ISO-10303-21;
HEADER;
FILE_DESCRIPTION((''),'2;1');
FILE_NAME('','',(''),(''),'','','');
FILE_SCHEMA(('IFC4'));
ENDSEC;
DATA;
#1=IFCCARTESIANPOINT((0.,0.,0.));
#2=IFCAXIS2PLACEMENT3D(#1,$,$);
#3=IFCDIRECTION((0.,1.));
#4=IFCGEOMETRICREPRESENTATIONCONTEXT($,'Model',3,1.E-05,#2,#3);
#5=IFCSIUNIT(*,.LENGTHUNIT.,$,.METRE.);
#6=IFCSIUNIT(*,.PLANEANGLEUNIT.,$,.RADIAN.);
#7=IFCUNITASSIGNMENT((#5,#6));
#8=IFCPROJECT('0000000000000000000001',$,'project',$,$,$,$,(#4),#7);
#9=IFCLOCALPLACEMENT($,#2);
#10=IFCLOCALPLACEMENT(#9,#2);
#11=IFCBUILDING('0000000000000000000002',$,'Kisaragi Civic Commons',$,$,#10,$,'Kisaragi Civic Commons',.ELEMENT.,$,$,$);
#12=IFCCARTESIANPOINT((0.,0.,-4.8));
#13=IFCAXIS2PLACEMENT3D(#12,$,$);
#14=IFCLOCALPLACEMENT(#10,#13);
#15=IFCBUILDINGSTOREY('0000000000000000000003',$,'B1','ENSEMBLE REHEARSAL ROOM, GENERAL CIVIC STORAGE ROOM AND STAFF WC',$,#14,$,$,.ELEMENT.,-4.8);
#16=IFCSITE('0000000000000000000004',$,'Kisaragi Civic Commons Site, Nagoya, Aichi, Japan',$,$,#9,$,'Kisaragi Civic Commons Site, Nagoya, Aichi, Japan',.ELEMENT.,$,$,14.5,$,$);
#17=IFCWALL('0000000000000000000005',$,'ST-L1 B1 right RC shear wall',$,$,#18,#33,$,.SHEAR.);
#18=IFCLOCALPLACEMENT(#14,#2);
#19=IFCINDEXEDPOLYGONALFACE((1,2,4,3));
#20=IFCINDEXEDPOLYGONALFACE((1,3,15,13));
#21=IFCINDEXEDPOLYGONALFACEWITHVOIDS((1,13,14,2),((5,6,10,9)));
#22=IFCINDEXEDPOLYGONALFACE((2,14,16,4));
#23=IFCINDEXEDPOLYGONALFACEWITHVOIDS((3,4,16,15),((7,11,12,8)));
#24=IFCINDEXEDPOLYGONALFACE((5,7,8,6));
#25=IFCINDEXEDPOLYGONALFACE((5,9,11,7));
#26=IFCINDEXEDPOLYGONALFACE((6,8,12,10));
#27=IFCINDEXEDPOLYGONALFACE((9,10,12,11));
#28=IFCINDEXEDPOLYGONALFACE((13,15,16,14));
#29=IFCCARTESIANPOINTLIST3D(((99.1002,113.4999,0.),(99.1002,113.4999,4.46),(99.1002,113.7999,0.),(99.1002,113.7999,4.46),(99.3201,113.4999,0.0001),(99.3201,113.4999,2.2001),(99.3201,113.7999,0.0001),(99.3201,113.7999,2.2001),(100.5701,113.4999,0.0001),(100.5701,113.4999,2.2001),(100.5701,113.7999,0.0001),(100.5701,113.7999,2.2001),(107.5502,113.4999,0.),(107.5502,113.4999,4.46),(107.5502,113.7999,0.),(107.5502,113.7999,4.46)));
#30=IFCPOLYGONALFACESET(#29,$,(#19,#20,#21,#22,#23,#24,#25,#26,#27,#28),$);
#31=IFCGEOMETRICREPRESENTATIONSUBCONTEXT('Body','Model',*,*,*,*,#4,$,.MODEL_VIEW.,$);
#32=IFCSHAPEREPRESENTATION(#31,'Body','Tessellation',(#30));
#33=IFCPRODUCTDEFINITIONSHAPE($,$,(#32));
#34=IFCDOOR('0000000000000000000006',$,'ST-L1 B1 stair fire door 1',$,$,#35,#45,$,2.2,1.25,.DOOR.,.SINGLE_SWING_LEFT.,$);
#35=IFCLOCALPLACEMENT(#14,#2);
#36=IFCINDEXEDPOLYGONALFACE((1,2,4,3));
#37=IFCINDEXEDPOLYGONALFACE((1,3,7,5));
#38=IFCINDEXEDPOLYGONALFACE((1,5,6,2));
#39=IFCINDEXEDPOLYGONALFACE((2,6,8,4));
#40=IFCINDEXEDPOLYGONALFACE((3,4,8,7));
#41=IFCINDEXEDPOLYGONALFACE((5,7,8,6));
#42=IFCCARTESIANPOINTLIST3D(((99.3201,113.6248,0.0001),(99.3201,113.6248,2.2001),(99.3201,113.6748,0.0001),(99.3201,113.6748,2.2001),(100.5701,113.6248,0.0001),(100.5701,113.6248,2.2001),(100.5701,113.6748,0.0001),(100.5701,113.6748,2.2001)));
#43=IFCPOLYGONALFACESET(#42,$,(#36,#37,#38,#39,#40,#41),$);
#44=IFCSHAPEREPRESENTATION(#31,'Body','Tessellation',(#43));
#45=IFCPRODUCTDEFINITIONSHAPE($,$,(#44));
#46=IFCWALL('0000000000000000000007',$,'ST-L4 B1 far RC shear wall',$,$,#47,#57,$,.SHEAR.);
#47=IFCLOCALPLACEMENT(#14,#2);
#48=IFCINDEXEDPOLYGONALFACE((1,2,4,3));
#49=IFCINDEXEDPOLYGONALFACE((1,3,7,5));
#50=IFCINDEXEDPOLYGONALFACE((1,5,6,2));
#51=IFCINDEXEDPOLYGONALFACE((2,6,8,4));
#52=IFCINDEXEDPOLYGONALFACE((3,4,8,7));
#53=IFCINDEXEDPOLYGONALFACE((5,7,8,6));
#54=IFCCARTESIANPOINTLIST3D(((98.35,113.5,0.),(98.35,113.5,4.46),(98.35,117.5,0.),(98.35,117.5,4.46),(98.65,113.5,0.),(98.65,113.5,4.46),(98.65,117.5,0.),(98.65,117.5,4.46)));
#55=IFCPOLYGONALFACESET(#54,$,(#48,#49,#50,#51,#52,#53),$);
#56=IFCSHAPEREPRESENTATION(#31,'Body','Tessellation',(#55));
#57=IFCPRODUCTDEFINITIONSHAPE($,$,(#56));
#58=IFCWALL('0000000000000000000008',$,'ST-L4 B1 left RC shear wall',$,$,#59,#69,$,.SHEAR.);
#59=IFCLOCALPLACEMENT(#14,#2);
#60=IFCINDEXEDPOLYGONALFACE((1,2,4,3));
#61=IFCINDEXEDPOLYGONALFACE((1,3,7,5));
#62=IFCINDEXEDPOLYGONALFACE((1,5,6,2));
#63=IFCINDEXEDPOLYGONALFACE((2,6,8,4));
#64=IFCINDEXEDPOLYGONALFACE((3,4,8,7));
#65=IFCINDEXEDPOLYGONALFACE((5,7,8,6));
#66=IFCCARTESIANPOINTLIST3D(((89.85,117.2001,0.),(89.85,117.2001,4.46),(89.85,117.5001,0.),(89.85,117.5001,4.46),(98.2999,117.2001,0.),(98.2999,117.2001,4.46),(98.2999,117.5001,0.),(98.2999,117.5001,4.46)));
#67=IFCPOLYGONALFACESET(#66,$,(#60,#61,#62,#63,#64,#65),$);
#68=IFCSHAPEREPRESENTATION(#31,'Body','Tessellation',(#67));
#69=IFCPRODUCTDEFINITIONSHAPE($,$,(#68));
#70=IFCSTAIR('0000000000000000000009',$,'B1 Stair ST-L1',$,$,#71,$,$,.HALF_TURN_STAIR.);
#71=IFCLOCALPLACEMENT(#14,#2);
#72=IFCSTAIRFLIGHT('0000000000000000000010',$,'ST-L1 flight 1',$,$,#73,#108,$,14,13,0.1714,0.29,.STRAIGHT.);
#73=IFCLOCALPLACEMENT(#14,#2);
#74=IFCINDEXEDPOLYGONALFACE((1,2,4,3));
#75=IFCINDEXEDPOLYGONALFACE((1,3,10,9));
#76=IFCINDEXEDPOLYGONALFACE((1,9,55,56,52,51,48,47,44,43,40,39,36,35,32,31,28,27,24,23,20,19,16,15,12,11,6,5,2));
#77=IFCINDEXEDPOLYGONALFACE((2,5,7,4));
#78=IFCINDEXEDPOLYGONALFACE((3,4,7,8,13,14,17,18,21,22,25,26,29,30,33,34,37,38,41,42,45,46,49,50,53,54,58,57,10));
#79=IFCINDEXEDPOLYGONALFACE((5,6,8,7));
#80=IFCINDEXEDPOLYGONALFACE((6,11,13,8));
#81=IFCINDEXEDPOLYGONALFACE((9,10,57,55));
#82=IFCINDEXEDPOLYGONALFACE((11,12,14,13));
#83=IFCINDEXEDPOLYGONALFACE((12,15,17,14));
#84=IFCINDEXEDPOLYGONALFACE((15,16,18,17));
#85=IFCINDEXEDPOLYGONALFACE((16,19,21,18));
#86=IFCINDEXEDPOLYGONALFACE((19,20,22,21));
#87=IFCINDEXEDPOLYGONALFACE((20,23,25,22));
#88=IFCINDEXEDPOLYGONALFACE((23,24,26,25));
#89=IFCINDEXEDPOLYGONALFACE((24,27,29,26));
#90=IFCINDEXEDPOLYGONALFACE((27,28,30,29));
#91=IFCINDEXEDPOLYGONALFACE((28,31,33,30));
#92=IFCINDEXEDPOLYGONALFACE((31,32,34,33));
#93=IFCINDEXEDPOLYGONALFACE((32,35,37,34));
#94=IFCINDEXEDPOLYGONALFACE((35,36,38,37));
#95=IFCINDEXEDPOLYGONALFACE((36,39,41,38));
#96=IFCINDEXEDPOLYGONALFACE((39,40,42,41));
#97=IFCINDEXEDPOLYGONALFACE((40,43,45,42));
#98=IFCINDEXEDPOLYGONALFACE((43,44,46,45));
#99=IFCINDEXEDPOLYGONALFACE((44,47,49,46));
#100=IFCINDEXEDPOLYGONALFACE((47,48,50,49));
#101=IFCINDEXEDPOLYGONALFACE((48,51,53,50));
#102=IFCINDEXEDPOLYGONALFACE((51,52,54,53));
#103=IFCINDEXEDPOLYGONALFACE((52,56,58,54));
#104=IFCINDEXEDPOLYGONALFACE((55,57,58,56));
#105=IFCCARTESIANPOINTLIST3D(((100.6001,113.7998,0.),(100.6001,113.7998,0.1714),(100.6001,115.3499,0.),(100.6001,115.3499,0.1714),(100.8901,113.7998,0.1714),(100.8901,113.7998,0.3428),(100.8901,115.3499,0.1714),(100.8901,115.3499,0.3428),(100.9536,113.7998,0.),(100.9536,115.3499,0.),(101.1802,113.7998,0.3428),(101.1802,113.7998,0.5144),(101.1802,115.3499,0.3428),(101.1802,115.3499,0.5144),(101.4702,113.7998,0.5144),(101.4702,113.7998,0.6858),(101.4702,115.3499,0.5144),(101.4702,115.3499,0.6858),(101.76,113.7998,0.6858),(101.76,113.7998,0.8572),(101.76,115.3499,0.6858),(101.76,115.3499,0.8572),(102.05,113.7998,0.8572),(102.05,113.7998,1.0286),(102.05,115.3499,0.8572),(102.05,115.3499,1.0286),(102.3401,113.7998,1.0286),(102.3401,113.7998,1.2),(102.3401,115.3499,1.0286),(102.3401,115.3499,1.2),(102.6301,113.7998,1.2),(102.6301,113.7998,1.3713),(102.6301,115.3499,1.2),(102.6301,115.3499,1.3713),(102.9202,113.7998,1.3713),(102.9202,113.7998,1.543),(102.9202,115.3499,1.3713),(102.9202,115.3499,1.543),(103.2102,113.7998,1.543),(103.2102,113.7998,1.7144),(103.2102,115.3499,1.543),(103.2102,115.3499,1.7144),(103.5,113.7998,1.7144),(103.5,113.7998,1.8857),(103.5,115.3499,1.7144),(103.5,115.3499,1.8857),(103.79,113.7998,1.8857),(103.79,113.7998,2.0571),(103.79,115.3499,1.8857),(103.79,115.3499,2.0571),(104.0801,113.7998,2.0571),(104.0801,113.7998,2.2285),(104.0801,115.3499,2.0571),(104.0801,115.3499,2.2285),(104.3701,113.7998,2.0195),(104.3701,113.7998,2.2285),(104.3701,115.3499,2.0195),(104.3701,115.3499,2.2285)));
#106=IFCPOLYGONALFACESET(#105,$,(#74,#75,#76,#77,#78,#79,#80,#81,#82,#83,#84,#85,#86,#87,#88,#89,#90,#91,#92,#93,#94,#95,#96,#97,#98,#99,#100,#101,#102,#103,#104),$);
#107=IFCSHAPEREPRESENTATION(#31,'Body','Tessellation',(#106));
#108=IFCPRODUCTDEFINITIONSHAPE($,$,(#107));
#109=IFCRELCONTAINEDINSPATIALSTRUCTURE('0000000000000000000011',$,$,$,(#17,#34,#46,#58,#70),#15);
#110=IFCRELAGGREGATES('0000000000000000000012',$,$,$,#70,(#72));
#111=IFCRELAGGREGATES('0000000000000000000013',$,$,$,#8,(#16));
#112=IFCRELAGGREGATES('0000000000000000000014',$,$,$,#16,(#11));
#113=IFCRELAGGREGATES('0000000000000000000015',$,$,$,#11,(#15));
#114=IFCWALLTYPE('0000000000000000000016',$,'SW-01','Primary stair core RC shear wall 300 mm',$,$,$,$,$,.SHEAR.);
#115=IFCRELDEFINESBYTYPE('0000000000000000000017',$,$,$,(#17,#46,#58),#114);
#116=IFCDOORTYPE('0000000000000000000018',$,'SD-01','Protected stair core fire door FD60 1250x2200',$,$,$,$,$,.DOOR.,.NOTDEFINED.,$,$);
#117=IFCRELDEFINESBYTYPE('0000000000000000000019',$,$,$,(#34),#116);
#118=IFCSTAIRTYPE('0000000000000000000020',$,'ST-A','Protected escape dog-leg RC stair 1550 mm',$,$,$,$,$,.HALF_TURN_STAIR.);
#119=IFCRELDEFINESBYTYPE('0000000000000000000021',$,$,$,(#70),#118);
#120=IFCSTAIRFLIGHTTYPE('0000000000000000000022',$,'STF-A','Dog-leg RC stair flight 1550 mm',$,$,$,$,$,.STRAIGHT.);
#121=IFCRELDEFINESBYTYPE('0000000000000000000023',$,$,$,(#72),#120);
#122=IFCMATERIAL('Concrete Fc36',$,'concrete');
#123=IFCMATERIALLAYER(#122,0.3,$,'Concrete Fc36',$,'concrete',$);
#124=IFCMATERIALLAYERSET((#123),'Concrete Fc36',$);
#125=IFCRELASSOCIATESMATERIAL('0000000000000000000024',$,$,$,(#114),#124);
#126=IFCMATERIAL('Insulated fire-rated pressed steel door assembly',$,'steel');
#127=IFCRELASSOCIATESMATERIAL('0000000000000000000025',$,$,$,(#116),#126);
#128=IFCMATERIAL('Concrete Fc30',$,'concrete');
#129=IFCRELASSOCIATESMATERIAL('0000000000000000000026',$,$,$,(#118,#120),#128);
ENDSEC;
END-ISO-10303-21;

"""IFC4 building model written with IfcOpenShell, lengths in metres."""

from ifc_helpers import new_model, si_unit, direction, frame, frame_2d, origin, place, context, subcontext, project, spatial, polyline, rectangle, outline, extrude, material, layer, layer_set, type_object, element, fill, aggregate, save


model = new_model("IFC4")

# Units and contexts
model_context = context("Model", 3, precision=1e-05, world=origin(), true_north=direction((0.0, 1.0)))
body_context = subcontext(model_context, "Body", "Model", "MODEL_VIEW")
ifc_project = project(units=[si_unit("LENGTHUNIT", "METRE"), si_unit("PLANEANGLEUNIT", "RADIAN")], contexts=[model_context])

# Site, building, storey
site_placement = place(None, origin())
site = spatial("IfcSite", under=ifc_project, at=site_placement, Name="Kisaragi Civic Commons Site, Nagoya, Aichi, Japan", LongName="Kisaragi Civic Commons Site, Nagoya, Aichi, Japan", CompositionType="ELEMENT", RefElevation=14.5)
building_placement = place(site_placement, origin())
building = spatial("IfcBuilding", under=site, at=building_placement, Name="Kisaragi Civic Commons", LongName="Kisaragi Civic Commons", CompositionType="ELEMENT")
storey_placement = place(building_placement, frame((0.0, 0.0, -4.8)))
storey = spatial("IfcBuildingStorey", under=building, at=storey_placement, Name="B1", Description="ENSEMBLE REHEARSAL ROOM, GENERAL CIVIC STORAGE ROOM AND STAFF WC", CompositionType="ELEMENT", Elevation=-4.8)

# Shared definitions
ifc_material_1 = material(Name="Concrete Fc36", Category="concrete")

# Shared definitions
ifc_material_2 = material(Name="Concrete Fc30", Category="concrete")
ifc_layer_1 = layer(ifc_material_1, 0.3, Name="Concrete Fc36", Category="concrete")
ifc_layer_set_1 = layer_set([ifc_layer_1], Name="Concrete Fc36")
wall_type_1 = type_object("IfcWallType", Name="SW-01", Description="Primary stair core RC shear wall 300 mm", PredefinedType="SHEAR", material=ifc_layer_set_1)

# Wall, opening, door
wall_1_placement = place(storey_placement, frame((99.1001, 113.6499, 0.0), z_axis=(0.0, 0.0, 1.0), x_axis=(1.0, 0.0, 0.0)))
wall_1 = element("IfcWall", 1, at=wall_1_placement, inside=storey, type_object=wall_type_1, Name="ST-L1 B1 right RC shear wall", PredefinedType="SHEAR", context=body_context, shape_type="SweptSolid", body=[
    extrude(rectangle(XDim=8.45, YDim=0.3, at=frame_2d((4.2251, 0.0))), origin(), (0.0, 0.0, 1.0), 4.46),
])
opening_placement = place(wall_1_placement, frame((0.22, 0.0, 0.0)))
opening = element("IfcOpeningElement", 2, at=opening_placement, cuts=wall_1, PredefinedType="OPENING", context=body_context, shape_type="SweptSolid", body=[
    extrude(rectangle(XDim=1.25, YDim=2.2, at=frame_2d((0.625, 1.1001))), frame((0.0, 0.1599, 0.0), z_axis=(0.0, -1.0, 0.0), x_axis=(1.0, 0.0, 0.0)), (0.0, 0.0, 1.0), 0.3201),
])
ifc_material_3 = material(Name="Insulated fire-rated pressed steel door assembly", Category="steel")
door_type = type_object("IfcDoorType", Name="SD-01", Description="Protected stair core fire door FD60 1250x2200", OperationType="NOTDEFINED", PredefinedType="DOOR", material=ifc_material_3)
door_placement = place(opening_placement, origin())
door = element("IfcDoor", 3, at=door_placement, inside=storey, type_object=door_type, Name="ST-L1 B1 stair fire door 1", OperationType="SINGLE_SWING_LEFT", OverallHeight=2.2, OverallWidth=1.25, PredefinedType="DOOR", context=body_context, shape_type="SweptSolid", body=[
    extrude(rectangle(XDim=1.25, YDim=2.2, at=frame_2d((0.625, 1.1001))), frame((0.0, 0.0249, 0.0), z_axis=(0.0, -1.0, 0.0), x_axis=(1.0, 0.0, 0.0)), (0.0, 0.0, 1.0), 0.05),
])
fill(opening, door)

# Walls
wall_2_placement = place(storey_placement, frame((98.5, 113.5, 0.0), z_axis=(0.0, 0.0, 1.0), x_axis=(0.0, 1.0, 0.0)))
element("IfcWall", 4, at=wall_2_placement, inside=storey, type_object=wall_type_1, Name="ST-L4 B1 far RC shear wall", PredefinedType="SHEAR", context=body_context, shape_type="SweptSolid", body=[
    extrude(rectangle(XDim=4.0, YDim=0.3, at=frame_2d((2.0, 0.0))), origin(), (0.0, 0.0, 1.0), 4.46),
])
wall_3_placement = place(storey_placement, frame((98.3, 117.3501, 0.0), z_axis=(0.0, 0.0, 1.0), x_axis=(-1.0, 0.0, 0.0)))
element("IfcWall", 5, at=wall_3_placement, inside=storey, type_object=wall_type_1, Name="ST-L4 B1 left RC shear wall", PredefinedType="SHEAR", context=body_context, shape_type="SweptSolid", body=[
    extrude(rectangle(XDim=8.45, YDim=0.3, at=frame_2d((4.2251, 0.0))), origin(), (0.0, 0.0, 1.0), 4.46),
])

# Stair, stair flight
stair_type = type_object("IfcStairType", Name="ST-A", Description="Protected escape dog-leg RC stair 1550 mm", PredefinedType="HALF_TURN_STAIR", material=ifc_material_2)
stair_placement = place(storey_placement, origin())
stair = element("IfcStair", 6, at=stair_placement, inside=storey, type_object=stair_type, Name="B1 Stair ST-L1", PredefinedType="HALF_TURN_STAIR")
stair_flight_type = type_object("IfcStairFlightType", Name="STF-A", Description="Dog-leg RC stair flight 1550 mm", PredefinedType="STRAIGHT", material=ifc_material_2)
stair_flight_placement = place(storey_placement, frame((100.6001, 114.575, 0.0), z_axis=(0.0, 0.0, 1.0), x_axis=(1.0, 0.0, 0.0)))
stair_flight = element("IfcStairFlight", 7, at=stair_flight_placement, type_object=stair_flight_type, Name="ST-L1 flight 1", NumberOfRisers=14, NumberOfTreads=13, PredefinedType="STRAIGHT", RiserHeight=0.1714, TreadLength=0.29, context=body_context, shape_type="SweptSolid", body=[
    extrude(outline(polyline([(0.0, 0.0), (0.0, 0.1714), (0.29, 0.1714), (0.29, 0.3428), (0.5801, 0.3428), (0.5801, 0.5144), (0.8701, 0.5144), (0.8701, 0.6858), (1.1599, 0.6858), (1.1599, 0.8572), (1.45, 0.8572), (1.45, 1.0286), (1.74, 1.0286), (1.74, 1.2), (2.03, 1.2), (2.03, 1.3713), (2.3201, 1.3713), (2.3201, 1.543), (2.6101, 1.543), (2.6101, 1.7144), (2.8999, 1.7144), (2.8999, 1.8857), (3.1899, 1.8857), (3.1899, 2.0571), (3.48, 2.0571), (3.48, 2.2285), (3.77, 2.2285), (3.77, 2.3999), (3.77, 2.0195), (0.3535, 0.0), (0.0, 0.0)])), frame((0.0, 0.7749, 0.0), z_axis=(0.0, -1.0, 0.0), x_axis=(1.0, 0.0, 0.0)), (0.0, 0.0, 1.0), 1.55),
])
aggregate(stair, [stair_flight])

save(model, "model.ifc")
